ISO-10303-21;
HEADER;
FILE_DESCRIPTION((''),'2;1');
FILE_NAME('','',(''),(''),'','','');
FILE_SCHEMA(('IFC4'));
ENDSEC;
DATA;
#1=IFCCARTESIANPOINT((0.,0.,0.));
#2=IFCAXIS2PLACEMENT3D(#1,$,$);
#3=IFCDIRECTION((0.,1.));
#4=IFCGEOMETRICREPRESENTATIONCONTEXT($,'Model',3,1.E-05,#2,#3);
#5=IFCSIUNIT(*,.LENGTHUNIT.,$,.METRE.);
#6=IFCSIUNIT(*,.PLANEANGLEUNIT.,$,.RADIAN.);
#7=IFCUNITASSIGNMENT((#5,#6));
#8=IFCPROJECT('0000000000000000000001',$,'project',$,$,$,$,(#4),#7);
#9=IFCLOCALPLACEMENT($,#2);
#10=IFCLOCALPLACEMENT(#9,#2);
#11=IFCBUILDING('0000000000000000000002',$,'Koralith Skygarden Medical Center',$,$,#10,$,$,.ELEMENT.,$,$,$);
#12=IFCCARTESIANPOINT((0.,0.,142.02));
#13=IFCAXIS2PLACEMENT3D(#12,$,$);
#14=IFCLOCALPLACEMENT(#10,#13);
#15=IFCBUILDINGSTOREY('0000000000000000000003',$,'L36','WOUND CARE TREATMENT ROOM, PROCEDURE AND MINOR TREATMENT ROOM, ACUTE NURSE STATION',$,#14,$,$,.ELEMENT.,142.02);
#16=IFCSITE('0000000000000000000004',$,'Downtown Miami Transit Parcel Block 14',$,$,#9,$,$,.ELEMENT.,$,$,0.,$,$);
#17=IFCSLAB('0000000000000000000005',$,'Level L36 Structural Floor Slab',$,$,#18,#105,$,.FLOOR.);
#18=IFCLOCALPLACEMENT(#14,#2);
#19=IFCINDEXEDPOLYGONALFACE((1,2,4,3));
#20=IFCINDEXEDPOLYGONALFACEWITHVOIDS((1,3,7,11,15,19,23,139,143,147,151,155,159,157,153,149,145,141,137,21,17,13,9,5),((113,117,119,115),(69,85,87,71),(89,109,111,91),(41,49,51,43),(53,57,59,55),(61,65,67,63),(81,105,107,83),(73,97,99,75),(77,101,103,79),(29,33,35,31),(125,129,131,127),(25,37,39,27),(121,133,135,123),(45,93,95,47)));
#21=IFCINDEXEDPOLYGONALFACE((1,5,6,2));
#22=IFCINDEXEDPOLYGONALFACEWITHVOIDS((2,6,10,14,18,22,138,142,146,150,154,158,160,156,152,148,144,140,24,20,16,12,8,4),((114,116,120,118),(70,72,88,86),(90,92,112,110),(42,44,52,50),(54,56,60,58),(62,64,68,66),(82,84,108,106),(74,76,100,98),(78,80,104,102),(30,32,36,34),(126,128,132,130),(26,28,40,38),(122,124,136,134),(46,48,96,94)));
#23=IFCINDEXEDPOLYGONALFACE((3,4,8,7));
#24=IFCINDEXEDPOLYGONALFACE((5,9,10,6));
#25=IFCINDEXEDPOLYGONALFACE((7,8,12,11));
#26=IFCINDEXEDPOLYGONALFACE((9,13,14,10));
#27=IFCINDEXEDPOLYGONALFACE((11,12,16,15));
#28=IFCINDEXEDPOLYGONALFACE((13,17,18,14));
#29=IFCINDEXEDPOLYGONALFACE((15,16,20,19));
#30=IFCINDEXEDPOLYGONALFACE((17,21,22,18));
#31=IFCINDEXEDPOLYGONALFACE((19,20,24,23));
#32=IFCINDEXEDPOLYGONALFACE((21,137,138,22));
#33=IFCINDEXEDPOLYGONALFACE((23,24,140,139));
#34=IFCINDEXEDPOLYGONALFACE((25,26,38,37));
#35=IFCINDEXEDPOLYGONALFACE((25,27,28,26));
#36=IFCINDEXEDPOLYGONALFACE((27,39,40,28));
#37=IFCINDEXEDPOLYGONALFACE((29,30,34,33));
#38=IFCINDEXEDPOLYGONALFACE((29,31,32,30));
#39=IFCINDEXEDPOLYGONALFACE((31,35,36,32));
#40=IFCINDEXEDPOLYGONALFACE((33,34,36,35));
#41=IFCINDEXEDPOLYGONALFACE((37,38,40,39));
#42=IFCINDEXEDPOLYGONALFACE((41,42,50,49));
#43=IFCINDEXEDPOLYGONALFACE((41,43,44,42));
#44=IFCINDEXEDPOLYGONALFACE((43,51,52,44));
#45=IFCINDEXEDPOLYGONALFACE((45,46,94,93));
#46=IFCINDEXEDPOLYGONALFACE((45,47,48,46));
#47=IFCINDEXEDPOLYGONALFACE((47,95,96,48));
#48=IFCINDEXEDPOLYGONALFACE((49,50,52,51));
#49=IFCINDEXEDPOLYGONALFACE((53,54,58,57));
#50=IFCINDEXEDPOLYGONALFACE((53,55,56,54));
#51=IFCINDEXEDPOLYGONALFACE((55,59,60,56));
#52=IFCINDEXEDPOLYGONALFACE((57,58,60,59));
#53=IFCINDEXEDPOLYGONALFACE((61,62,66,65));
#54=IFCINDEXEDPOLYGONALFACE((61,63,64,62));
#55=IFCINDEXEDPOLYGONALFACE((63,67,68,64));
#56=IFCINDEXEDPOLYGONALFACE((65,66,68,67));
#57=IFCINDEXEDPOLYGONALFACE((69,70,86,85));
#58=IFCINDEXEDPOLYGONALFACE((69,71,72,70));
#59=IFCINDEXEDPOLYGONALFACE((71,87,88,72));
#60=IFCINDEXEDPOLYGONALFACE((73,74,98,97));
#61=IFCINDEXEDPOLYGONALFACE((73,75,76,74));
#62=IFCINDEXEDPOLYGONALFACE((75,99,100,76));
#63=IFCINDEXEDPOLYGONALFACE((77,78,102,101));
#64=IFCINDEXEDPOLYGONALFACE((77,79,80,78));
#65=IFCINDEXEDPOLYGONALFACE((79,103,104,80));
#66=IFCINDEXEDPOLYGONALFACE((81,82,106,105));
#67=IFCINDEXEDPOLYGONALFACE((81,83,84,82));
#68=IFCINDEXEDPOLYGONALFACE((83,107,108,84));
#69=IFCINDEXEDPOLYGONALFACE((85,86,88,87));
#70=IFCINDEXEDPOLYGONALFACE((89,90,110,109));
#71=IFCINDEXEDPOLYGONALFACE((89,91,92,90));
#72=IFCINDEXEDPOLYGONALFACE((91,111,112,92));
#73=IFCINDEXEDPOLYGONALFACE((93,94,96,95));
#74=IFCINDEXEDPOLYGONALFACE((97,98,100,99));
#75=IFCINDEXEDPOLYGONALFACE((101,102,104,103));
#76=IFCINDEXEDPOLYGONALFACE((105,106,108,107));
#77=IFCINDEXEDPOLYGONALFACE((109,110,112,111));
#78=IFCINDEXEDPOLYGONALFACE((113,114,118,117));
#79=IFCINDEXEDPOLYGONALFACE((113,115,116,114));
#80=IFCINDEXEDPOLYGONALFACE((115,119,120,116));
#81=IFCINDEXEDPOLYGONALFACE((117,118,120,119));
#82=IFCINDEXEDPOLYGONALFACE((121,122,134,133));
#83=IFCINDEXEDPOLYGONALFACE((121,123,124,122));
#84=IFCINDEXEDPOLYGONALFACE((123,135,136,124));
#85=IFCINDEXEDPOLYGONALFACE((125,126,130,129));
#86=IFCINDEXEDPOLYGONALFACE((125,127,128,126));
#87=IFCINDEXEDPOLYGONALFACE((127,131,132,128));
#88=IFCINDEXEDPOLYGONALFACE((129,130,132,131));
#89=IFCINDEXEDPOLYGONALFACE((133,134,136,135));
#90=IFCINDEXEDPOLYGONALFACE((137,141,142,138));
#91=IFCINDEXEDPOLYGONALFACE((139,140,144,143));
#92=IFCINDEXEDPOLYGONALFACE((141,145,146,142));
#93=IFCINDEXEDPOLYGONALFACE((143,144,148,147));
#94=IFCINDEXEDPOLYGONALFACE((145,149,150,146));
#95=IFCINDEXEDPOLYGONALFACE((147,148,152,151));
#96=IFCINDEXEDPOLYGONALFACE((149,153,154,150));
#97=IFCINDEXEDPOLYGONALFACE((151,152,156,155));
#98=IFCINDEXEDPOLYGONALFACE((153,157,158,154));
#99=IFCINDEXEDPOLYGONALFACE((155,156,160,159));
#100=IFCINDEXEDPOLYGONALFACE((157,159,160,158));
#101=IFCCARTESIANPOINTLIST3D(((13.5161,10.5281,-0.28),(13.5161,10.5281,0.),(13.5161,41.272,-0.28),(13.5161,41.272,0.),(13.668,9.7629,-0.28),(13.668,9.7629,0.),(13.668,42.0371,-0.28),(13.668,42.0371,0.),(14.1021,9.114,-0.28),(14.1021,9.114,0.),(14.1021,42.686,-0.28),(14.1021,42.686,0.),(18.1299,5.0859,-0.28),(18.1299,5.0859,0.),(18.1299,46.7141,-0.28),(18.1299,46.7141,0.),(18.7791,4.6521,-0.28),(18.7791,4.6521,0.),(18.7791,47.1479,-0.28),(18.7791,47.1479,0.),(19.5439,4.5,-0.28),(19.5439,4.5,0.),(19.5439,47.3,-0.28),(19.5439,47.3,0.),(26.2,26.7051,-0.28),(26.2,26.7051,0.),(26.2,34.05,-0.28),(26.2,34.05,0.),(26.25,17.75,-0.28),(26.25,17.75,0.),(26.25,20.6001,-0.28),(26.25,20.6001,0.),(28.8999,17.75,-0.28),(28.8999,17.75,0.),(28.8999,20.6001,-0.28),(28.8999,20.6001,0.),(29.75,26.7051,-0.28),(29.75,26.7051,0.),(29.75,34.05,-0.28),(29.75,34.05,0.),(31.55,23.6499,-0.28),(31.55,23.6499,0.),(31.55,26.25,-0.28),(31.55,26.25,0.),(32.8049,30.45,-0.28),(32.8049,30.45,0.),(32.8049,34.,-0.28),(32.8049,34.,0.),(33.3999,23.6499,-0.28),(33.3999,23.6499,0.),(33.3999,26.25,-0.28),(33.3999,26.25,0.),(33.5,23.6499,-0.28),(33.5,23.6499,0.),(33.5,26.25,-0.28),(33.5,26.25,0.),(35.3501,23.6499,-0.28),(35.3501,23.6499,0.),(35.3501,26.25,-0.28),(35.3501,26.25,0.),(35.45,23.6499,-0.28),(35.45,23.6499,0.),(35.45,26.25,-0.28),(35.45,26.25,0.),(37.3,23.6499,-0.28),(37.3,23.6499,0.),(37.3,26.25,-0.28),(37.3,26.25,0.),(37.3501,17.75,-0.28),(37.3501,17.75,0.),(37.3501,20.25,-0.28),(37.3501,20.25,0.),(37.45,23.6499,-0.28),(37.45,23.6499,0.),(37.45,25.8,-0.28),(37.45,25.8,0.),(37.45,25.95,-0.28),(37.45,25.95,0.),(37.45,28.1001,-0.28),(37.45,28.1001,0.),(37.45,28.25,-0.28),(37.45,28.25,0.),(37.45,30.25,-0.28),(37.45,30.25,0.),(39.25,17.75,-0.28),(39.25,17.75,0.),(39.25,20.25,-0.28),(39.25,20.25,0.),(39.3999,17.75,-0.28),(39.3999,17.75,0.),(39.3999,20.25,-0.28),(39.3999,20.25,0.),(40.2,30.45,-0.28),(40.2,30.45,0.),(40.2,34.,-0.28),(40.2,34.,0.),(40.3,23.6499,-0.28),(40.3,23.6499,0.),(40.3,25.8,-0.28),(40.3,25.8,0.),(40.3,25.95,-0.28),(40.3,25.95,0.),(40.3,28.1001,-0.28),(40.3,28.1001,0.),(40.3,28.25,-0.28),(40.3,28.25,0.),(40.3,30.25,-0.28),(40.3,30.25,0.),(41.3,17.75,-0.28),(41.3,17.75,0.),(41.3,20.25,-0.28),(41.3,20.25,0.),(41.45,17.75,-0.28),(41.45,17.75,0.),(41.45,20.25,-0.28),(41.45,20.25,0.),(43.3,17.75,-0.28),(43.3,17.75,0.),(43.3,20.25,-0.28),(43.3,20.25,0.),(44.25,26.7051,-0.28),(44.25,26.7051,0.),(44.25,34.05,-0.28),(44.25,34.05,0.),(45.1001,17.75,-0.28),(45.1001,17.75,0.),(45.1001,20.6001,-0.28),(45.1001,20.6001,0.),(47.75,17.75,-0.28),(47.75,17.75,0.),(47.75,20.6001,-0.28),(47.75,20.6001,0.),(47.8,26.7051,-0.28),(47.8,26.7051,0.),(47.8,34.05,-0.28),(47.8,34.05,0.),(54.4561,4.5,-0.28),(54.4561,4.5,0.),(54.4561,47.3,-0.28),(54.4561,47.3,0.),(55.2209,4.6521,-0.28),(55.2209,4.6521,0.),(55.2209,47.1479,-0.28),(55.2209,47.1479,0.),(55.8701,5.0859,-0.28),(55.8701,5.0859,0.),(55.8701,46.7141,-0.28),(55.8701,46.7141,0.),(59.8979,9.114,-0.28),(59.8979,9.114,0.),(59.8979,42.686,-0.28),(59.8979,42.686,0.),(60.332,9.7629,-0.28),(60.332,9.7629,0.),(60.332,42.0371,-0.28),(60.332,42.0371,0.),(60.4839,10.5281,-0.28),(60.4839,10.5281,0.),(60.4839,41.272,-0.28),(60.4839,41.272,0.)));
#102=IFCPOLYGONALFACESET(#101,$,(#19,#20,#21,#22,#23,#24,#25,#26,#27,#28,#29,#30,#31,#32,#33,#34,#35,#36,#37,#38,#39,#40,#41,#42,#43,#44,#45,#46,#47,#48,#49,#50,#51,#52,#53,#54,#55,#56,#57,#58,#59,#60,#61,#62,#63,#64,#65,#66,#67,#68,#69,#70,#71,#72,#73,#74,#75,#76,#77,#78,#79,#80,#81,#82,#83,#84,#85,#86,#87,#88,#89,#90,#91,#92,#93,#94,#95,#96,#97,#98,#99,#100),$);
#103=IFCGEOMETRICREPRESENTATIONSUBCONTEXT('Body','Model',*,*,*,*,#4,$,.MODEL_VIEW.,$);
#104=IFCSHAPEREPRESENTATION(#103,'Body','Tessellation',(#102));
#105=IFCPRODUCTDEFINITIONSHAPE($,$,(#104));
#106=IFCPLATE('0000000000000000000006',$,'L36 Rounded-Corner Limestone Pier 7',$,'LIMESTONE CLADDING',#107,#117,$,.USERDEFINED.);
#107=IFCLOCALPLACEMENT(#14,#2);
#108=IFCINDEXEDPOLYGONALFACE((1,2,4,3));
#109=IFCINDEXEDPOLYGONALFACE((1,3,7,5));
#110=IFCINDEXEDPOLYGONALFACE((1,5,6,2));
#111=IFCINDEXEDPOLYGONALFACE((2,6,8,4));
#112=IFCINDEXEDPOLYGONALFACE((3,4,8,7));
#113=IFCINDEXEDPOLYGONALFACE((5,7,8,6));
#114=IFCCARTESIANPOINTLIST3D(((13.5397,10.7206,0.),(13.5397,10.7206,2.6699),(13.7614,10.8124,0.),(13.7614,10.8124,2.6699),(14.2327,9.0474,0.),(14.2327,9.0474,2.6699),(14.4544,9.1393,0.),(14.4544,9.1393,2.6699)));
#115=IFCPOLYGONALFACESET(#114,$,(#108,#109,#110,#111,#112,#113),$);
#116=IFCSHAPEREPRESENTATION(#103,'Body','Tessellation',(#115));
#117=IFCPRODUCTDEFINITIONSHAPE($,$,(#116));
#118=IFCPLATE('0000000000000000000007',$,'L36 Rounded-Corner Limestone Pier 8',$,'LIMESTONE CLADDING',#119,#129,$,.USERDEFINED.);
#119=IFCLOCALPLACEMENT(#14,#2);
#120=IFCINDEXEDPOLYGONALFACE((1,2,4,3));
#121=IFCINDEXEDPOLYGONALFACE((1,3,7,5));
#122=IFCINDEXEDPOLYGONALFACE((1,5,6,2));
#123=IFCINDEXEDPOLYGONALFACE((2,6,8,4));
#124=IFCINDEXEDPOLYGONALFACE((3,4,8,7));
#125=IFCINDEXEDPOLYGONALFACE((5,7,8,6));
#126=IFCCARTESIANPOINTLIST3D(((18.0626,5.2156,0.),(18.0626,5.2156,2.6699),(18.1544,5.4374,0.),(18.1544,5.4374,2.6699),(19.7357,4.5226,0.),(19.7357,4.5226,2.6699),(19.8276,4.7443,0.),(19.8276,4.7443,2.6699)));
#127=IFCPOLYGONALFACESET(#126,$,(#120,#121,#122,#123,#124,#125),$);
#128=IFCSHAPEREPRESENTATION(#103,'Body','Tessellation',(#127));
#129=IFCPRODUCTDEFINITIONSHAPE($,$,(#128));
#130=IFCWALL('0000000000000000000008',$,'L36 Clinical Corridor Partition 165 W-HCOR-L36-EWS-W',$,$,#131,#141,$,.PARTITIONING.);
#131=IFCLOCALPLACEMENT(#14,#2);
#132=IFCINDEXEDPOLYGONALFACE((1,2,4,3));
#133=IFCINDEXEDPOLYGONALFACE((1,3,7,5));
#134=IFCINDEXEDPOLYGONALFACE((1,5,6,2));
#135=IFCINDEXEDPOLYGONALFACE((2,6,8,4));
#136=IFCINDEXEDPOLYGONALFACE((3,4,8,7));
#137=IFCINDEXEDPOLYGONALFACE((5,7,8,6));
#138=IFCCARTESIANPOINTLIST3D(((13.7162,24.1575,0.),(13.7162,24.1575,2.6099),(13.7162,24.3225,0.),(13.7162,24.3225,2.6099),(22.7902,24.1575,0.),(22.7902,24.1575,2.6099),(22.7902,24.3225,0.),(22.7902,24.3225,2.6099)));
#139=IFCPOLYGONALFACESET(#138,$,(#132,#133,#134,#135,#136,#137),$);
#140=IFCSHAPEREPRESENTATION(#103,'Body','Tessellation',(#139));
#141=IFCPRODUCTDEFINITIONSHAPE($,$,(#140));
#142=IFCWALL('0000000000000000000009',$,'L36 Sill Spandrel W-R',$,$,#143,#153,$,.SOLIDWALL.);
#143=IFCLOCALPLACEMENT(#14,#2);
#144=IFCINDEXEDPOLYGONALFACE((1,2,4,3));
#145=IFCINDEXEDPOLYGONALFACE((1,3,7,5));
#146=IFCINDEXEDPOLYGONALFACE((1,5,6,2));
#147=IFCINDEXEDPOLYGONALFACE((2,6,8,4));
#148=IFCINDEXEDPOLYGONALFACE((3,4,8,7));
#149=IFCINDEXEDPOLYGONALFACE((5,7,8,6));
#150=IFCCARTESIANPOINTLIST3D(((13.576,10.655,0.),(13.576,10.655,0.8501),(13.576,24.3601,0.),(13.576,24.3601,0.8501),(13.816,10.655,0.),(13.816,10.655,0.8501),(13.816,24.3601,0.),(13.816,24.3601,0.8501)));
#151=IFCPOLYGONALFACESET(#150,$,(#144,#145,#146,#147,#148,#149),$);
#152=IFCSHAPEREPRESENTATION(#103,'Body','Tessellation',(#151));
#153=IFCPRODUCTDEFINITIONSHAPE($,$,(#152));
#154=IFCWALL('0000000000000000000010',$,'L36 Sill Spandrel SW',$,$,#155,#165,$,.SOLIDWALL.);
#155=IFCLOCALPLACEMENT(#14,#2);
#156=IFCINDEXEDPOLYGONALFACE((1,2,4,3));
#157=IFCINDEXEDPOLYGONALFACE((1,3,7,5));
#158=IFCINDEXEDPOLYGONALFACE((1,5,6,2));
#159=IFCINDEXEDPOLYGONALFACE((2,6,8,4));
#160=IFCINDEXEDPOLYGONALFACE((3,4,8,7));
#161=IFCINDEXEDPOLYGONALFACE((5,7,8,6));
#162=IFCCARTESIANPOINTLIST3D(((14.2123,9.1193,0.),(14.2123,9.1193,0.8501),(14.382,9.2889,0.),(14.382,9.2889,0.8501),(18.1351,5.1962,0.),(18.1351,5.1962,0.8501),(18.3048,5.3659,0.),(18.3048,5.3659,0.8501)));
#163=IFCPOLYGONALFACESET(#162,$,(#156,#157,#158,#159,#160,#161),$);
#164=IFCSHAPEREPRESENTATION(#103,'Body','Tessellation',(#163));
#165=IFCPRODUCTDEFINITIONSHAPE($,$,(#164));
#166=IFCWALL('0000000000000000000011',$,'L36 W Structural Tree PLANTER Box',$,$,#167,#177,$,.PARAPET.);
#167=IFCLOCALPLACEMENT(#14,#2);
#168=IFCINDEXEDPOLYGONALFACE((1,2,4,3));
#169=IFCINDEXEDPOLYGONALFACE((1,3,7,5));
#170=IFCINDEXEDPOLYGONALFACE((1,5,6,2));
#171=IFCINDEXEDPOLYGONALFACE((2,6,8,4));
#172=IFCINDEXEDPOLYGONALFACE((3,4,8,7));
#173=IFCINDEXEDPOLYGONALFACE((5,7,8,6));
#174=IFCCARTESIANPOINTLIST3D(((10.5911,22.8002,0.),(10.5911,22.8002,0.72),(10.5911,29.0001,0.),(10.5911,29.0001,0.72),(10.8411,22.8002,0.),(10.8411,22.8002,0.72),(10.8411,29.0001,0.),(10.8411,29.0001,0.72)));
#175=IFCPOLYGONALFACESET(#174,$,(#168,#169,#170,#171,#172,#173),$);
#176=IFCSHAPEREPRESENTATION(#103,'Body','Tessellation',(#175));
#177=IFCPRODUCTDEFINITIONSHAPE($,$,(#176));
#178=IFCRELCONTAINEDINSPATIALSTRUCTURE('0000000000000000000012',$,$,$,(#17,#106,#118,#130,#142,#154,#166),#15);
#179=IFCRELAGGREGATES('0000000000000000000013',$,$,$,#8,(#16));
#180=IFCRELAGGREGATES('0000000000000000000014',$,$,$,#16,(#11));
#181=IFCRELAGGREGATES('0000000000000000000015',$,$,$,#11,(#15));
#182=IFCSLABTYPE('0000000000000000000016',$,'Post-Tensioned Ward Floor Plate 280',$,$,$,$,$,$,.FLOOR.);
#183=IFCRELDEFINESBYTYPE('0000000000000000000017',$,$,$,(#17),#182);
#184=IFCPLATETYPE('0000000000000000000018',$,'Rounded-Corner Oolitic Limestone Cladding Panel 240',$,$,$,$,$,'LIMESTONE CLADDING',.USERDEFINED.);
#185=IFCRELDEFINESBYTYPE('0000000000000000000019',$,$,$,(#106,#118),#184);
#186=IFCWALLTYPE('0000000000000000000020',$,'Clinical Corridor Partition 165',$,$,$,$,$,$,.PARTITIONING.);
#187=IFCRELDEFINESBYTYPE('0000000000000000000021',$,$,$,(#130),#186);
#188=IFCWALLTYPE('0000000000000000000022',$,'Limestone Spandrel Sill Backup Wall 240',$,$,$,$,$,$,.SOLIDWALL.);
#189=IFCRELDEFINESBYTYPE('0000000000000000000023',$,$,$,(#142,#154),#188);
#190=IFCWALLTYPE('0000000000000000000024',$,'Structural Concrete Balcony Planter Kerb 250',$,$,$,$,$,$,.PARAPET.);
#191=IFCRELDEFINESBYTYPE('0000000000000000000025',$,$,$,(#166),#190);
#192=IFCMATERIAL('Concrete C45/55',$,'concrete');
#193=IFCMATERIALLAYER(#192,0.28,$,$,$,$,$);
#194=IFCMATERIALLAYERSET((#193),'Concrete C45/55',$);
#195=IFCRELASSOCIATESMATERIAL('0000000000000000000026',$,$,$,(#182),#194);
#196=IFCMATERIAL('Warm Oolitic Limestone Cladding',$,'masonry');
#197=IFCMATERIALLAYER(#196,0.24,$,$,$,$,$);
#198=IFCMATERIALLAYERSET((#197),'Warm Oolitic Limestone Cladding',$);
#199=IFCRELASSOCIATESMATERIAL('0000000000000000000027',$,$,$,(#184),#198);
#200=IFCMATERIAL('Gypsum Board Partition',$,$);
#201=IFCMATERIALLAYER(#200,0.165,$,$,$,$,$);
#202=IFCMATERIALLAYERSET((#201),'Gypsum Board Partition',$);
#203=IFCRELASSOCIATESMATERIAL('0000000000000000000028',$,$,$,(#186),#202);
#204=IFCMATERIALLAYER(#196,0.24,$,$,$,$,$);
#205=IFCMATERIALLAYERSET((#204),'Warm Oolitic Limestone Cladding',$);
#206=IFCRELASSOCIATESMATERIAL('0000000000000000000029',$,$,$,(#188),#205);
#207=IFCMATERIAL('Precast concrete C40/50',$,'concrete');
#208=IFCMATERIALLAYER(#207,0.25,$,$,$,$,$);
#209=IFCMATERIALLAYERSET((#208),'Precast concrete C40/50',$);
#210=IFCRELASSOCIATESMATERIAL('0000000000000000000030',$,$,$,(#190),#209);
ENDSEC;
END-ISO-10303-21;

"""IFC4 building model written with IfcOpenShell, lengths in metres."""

from ifc_helpers import new_model, si_unit, direction, frame, frame_2d, origin, origin_2d, place, context, subcontext, project, spatial, polyline, rectangle, outline, extrude, material, layer, layer_set, type_object, element, save


model = new_model("IFC4")

# Units and contexts
model_context = context("Model", 3, precision=1e-05, world=origin(), true_north=direction((0.0, 1.0)))
body_context = subcontext(model_context, "Body", "Model", "MODEL_VIEW")
ifc_project = project(units=[si_unit("LENGTHUNIT", "METRE"), si_unit("PLANEANGLEUNIT", "RADIAN")], contexts=[model_context])

# Site, building, storey
site_placement = place(None, origin())
site = spatial("IfcSite", under=ifc_project, at=site_placement, Name="Downtown Miami Transit Parcel Block 14", CompositionType="ELEMENT", RefElevation=0.0)
building_placement = place(site_placement, origin())
building = spatial("IfcBuilding", under=site, at=building_placement, Name="Koralith Skygarden Medical Center", CompositionType="ELEMENT")
storey_placement = place(building_placement, frame((0.0, 0.0, 142.02)))
storey = spatial("IfcBuildingStorey", under=building, at=storey_placement, Name="L36", Description="WOUND CARE TREATMENT ROOM, PROCEDURE AND MINOR TREATMENT ROOM, ACUTE NURSE STATION", CompositionType="ELEMENT", Elevation=142.02)

# Shared definitions
ifc_material_1 = material(Name="Concrete C45/55", Category="concrete")

# Slab
ifc_layer_1 = layer(ifc_material_1, 0.28)
ifc_layer_set_1 = layer_set([ifc_layer_1], Name="Concrete C45/55")
slab_type_1 = type_object("IfcSlabType", Name="Post-Tensioned Ward Floor Plate 280", PredefinedType="FLOOR", material=ifc_layer_set_1)
slab_1_placement = place(storey_placement, frame((0.0, 0.0, -0.28)))
element("IfcSlab", 1, at=slab_1_placement, inside=storey, type_object=slab_type_1, Name="Level L36 Structural Floor Slab", PredefinedType="FLOOR", context=body_context, shape_type="SweptSolid", body=[
    extrude(outline(polyline([(18.1299, 5.0859), (18.7791, 4.6521), (19.5439, 4.5), (54.4561, 4.5), (55.2209, 4.6521), (55.8701, 5.0859), (59.8979, 9.114), (60.332, 9.7629), (60.4839, 10.5281), (60.4839, 41.272), (60.332, 42.0371), (59.8979, 42.686), (55.8701, 46.7141), (55.2209, 47.1479), (54.4561, 47.3), (19.5439, 47.3), (18.7791, 47.1479), (18.1299, 46.7141), (14.1021, 42.686), (13.668, 42.0371), (13.5161, 41.272), (13.5161, 10.5281), (13.668, 9.7629), (14.1021, 9.114), (18.1299, 5.0859)]), holes=[polyline([(26.2, 26.7051), (29.75, 26.7051), (29.75, 34.05), (26.2, 34.05), (26.2, 26.7051)]), polyline([(44.25, 26.7051), (47.8, 26.7051), (47.8, 34.05), (44.25, 34.05), (44.25, 26.7051)]), polyline([(32.8049, 30.45), (40.2, 30.45), (40.2, 34.0), (32.8049, 34.0), (32.8049, 30.45)]), polyline([(26.25, 17.75), (28.8999, 17.75), (28.8999, 20.6001), (26.25, 20.6001), (26.25, 17.75)]), polyline([(45.1001, 17.75), (47.75, 17.75), (47.75, 20.6001), (45.1001, 20.6001), (45.1001, 17.75)]), polyline([(37.3501, 17.75), (39.25, 17.75), (39.25, 20.25), (37.3501, 20.25), (37.3501, 17.75)]), polyline([(39.3999, 17.75), (41.3, 17.75), (41.3, 20.25), (39.3999, 20.25), (39.3999, 17.75)]), polyline([(41.45, 17.75), (43.3, 17.75), (43.3, 20.25), (41.45, 20.25), (41.45, 17.75)]), polyline([(31.55, 23.6499), (33.3999, 23.6499), (33.3999, 26.25), (31.55, 26.25), (31.55, 23.6499)]), polyline([(33.5, 23.6499), (35.3501, 23.6499), (35.3501, 26.25), (33.5, 26.25), (33.5, 23.6499)]), polyline([(35.45, 23.6499), (37.3, 23.6499), (37.3, 26.25), (35.45, 26.25), (35.45, 23.6499)]), polyline([(37.45, 23.6499), (40.3, 23.6499), (40.3, 25.8), (37.45, 25.8), (37.45, 23.6499)]), polyline([(37.45, 25.95), (40.3, 25.95), (40.3, 28.1001), (37.45, 28.1001), (37.45, 25.95)]), polyline([(37.45, 28.25), (40.3, 28.25), (40.3, 30.25), (37.45, 30.25), (37.45, 28.25)])]), origin(), (0.0, 0.0, 1.0), 0.28),
])

# Plates
ifc_material_2 = material(Name="Warm Oolitic Limestone Cladding", Category="masonry")
ifc_layer_2 = layer(ifc_material_2, 0.24)
ifc_layer_set_2 = layer_set([ifc_layer_2], Name="Warm Oolitic Limestone Cladding")
plate_type_1 = type_object("IfcPlateType", Name="Rounded-Corner Oolitic Limestone Cladding Panel 240", ElementType="LIMESTONE CLADDING", PredefinedType="USERDEFINED", material=ifc_layer_set_2)
for number, where, z_axis, x_axis, name in (
    (2, (13.9971, 9.9299, 0.0), (0.0, 0.0, 1.0), (0.382671, -0.923885, 0.0), "L36 Rounded-Corner Limestone Pier 7"),
    (3, (18.9451, 4.98, 0.0), (0.0, 0.0, 1.0), (0.923885, -0.382671, 0.0), "L36 Rounded-Corner Limestone Pier 8"),
):
    element("IfcPlate", number, at=place(storey_placement, frame(where, z_axis=z_axis, x_axis=x_axis)), inside=storey, type_object=plate_type_1, Name=name, ObjectType="LIMESTONE CLADDING", PredefinedType="USERDEFINED", context=body_context, shape_type="SweptSolid", body=[
        extrude(rectangle(XDim=1.811, YDim=0.24, at=origin_2d()), origin(), (0.0, 0.0, 1.0), 2.6699),
    ])

# Walls
ifc_material_3 = material(Name="Gypsum Board Partition")
ifc_layer_3 = layer(ifc_material_3, 0.165)
ifc_layer_set_3 = layer_set([ifc_layer_3], Name="Gypsum Board Partition")
wall_type_1 = type_object("IfcWallType", Name="Clinical Corridor Partition 165", PredefinedType="PARTITIONING", material=ifc_layer_set_3)
wall_1_placement = place(storey_placement, frame((13.7161, 24.24, 0.0), z_axis=(0.0, 0.0, 1.0), x_axis=(1.0, 0.0, 0.0)))
element("IfcWall", 4, at=wall_1_placement, inside=storey, type_object=wall_type_1, Name="L36 Clinical Corridor Partition 165 W-HCOR-L36-EWS-W", PredefinedType="PARTITIONING", context=body_context, shape_type="SweptSolid", body=[
    extrude(rectangle(XDim=9.074, YDim=0.165, at=frame_2d((4.5371, 0.0))), origin(), (0.0, 0.0, 1.0), 2.6099),
])
ifc_layer_4 = layer(ifc_material_2, 0.24)
ifc_layer_set_4 = layer_set([ifc_layer_4], Name="Warm Oolitic Limestone Cladding")
wall_type_2 = type_object("IfcWallType", Name="Limestone Spandrel Sill Backup Wall 240", PredefinedType="SOLIDWALL", material=ifc_layer_set_4)
wall_2_placement = place(storey_placement, frame((13.696, 24.3601, 0.0), z_axis=(0.0, 0.0, 1.0), x_axis=(0.0, -1.0, 0.0)))
element("IfcWall", 5, at=wall_2_placement, inside=storey, type_object=wall_type_2, Name="L36 Sill Spandrel W-R", PredefinedType="SOLIDWALL", context=body_context, shape_type="SweptSolid", body=[
    extrude(rectangle(XDim=13.7051, YDim=0.24, at=frame_2d((6.8525, 0.0))), origin(), (0.0, 0.0, 1.0), 0.8501),
])
wall_3_placement = place(storey_placement, frame((14.2971, 9.2041, 0.0), z_axis=(0.0, 0.0, 1.0), x_axis=(0.707085, -0.707129, 0.0)))
element("IfcWall", 6, at=wall_3_placement, inside=storey, type_object=wall_type_2, Name="L36 Sill Spandrel SW", PredefinedType="SOLIDWALL", context=body_context, shape_type="SweptSolid", body=[
    extrude(rectangle(XDim=5.5479, YDim=0.24, at=frame_2d((2.7739, 0.0))), origin(), (0.0, 0.0, 1.0), 0.8501),
])
ifc_material_4 = material(Name="Precast concrete C40/50", Category="concrete")
ifc_layer_5 = layer(ifc_material_4, 0.25)
ifc_layer_set_5 = layer_set([ifc_layer_5], Name="Precast concrete C40/50")
wall_type_3 = type_object("IfcWallType", Name="Structural Concrete Balcony Planter Kerb 250", PredefinedType="PARAPET", material=ifc_layer_set_5)
wall_4_placement = place(storey_placement, frame((10.7161, 22.8, 0.0), z_axis=(0.0, 0.0, 1.0), x_axis=(0.0, 1.0, 0.0)))
element("IfcWall", 7, at=wall_4_placement, inside=storey, type_object=wall_type_3, Name="L36 W Structural Tree PLANTER Box", PredefinedType="PARAPET", context=body_context, shape_type="SweptSolid", body=[
    extrude(rectangle(XDim=6.2, YDim=0.25, at=frame_2d((3.1001, 0.0))), origin(), (0.0, 0.0, 1.0), 0.72),
])

save(model, "model.ifc")
